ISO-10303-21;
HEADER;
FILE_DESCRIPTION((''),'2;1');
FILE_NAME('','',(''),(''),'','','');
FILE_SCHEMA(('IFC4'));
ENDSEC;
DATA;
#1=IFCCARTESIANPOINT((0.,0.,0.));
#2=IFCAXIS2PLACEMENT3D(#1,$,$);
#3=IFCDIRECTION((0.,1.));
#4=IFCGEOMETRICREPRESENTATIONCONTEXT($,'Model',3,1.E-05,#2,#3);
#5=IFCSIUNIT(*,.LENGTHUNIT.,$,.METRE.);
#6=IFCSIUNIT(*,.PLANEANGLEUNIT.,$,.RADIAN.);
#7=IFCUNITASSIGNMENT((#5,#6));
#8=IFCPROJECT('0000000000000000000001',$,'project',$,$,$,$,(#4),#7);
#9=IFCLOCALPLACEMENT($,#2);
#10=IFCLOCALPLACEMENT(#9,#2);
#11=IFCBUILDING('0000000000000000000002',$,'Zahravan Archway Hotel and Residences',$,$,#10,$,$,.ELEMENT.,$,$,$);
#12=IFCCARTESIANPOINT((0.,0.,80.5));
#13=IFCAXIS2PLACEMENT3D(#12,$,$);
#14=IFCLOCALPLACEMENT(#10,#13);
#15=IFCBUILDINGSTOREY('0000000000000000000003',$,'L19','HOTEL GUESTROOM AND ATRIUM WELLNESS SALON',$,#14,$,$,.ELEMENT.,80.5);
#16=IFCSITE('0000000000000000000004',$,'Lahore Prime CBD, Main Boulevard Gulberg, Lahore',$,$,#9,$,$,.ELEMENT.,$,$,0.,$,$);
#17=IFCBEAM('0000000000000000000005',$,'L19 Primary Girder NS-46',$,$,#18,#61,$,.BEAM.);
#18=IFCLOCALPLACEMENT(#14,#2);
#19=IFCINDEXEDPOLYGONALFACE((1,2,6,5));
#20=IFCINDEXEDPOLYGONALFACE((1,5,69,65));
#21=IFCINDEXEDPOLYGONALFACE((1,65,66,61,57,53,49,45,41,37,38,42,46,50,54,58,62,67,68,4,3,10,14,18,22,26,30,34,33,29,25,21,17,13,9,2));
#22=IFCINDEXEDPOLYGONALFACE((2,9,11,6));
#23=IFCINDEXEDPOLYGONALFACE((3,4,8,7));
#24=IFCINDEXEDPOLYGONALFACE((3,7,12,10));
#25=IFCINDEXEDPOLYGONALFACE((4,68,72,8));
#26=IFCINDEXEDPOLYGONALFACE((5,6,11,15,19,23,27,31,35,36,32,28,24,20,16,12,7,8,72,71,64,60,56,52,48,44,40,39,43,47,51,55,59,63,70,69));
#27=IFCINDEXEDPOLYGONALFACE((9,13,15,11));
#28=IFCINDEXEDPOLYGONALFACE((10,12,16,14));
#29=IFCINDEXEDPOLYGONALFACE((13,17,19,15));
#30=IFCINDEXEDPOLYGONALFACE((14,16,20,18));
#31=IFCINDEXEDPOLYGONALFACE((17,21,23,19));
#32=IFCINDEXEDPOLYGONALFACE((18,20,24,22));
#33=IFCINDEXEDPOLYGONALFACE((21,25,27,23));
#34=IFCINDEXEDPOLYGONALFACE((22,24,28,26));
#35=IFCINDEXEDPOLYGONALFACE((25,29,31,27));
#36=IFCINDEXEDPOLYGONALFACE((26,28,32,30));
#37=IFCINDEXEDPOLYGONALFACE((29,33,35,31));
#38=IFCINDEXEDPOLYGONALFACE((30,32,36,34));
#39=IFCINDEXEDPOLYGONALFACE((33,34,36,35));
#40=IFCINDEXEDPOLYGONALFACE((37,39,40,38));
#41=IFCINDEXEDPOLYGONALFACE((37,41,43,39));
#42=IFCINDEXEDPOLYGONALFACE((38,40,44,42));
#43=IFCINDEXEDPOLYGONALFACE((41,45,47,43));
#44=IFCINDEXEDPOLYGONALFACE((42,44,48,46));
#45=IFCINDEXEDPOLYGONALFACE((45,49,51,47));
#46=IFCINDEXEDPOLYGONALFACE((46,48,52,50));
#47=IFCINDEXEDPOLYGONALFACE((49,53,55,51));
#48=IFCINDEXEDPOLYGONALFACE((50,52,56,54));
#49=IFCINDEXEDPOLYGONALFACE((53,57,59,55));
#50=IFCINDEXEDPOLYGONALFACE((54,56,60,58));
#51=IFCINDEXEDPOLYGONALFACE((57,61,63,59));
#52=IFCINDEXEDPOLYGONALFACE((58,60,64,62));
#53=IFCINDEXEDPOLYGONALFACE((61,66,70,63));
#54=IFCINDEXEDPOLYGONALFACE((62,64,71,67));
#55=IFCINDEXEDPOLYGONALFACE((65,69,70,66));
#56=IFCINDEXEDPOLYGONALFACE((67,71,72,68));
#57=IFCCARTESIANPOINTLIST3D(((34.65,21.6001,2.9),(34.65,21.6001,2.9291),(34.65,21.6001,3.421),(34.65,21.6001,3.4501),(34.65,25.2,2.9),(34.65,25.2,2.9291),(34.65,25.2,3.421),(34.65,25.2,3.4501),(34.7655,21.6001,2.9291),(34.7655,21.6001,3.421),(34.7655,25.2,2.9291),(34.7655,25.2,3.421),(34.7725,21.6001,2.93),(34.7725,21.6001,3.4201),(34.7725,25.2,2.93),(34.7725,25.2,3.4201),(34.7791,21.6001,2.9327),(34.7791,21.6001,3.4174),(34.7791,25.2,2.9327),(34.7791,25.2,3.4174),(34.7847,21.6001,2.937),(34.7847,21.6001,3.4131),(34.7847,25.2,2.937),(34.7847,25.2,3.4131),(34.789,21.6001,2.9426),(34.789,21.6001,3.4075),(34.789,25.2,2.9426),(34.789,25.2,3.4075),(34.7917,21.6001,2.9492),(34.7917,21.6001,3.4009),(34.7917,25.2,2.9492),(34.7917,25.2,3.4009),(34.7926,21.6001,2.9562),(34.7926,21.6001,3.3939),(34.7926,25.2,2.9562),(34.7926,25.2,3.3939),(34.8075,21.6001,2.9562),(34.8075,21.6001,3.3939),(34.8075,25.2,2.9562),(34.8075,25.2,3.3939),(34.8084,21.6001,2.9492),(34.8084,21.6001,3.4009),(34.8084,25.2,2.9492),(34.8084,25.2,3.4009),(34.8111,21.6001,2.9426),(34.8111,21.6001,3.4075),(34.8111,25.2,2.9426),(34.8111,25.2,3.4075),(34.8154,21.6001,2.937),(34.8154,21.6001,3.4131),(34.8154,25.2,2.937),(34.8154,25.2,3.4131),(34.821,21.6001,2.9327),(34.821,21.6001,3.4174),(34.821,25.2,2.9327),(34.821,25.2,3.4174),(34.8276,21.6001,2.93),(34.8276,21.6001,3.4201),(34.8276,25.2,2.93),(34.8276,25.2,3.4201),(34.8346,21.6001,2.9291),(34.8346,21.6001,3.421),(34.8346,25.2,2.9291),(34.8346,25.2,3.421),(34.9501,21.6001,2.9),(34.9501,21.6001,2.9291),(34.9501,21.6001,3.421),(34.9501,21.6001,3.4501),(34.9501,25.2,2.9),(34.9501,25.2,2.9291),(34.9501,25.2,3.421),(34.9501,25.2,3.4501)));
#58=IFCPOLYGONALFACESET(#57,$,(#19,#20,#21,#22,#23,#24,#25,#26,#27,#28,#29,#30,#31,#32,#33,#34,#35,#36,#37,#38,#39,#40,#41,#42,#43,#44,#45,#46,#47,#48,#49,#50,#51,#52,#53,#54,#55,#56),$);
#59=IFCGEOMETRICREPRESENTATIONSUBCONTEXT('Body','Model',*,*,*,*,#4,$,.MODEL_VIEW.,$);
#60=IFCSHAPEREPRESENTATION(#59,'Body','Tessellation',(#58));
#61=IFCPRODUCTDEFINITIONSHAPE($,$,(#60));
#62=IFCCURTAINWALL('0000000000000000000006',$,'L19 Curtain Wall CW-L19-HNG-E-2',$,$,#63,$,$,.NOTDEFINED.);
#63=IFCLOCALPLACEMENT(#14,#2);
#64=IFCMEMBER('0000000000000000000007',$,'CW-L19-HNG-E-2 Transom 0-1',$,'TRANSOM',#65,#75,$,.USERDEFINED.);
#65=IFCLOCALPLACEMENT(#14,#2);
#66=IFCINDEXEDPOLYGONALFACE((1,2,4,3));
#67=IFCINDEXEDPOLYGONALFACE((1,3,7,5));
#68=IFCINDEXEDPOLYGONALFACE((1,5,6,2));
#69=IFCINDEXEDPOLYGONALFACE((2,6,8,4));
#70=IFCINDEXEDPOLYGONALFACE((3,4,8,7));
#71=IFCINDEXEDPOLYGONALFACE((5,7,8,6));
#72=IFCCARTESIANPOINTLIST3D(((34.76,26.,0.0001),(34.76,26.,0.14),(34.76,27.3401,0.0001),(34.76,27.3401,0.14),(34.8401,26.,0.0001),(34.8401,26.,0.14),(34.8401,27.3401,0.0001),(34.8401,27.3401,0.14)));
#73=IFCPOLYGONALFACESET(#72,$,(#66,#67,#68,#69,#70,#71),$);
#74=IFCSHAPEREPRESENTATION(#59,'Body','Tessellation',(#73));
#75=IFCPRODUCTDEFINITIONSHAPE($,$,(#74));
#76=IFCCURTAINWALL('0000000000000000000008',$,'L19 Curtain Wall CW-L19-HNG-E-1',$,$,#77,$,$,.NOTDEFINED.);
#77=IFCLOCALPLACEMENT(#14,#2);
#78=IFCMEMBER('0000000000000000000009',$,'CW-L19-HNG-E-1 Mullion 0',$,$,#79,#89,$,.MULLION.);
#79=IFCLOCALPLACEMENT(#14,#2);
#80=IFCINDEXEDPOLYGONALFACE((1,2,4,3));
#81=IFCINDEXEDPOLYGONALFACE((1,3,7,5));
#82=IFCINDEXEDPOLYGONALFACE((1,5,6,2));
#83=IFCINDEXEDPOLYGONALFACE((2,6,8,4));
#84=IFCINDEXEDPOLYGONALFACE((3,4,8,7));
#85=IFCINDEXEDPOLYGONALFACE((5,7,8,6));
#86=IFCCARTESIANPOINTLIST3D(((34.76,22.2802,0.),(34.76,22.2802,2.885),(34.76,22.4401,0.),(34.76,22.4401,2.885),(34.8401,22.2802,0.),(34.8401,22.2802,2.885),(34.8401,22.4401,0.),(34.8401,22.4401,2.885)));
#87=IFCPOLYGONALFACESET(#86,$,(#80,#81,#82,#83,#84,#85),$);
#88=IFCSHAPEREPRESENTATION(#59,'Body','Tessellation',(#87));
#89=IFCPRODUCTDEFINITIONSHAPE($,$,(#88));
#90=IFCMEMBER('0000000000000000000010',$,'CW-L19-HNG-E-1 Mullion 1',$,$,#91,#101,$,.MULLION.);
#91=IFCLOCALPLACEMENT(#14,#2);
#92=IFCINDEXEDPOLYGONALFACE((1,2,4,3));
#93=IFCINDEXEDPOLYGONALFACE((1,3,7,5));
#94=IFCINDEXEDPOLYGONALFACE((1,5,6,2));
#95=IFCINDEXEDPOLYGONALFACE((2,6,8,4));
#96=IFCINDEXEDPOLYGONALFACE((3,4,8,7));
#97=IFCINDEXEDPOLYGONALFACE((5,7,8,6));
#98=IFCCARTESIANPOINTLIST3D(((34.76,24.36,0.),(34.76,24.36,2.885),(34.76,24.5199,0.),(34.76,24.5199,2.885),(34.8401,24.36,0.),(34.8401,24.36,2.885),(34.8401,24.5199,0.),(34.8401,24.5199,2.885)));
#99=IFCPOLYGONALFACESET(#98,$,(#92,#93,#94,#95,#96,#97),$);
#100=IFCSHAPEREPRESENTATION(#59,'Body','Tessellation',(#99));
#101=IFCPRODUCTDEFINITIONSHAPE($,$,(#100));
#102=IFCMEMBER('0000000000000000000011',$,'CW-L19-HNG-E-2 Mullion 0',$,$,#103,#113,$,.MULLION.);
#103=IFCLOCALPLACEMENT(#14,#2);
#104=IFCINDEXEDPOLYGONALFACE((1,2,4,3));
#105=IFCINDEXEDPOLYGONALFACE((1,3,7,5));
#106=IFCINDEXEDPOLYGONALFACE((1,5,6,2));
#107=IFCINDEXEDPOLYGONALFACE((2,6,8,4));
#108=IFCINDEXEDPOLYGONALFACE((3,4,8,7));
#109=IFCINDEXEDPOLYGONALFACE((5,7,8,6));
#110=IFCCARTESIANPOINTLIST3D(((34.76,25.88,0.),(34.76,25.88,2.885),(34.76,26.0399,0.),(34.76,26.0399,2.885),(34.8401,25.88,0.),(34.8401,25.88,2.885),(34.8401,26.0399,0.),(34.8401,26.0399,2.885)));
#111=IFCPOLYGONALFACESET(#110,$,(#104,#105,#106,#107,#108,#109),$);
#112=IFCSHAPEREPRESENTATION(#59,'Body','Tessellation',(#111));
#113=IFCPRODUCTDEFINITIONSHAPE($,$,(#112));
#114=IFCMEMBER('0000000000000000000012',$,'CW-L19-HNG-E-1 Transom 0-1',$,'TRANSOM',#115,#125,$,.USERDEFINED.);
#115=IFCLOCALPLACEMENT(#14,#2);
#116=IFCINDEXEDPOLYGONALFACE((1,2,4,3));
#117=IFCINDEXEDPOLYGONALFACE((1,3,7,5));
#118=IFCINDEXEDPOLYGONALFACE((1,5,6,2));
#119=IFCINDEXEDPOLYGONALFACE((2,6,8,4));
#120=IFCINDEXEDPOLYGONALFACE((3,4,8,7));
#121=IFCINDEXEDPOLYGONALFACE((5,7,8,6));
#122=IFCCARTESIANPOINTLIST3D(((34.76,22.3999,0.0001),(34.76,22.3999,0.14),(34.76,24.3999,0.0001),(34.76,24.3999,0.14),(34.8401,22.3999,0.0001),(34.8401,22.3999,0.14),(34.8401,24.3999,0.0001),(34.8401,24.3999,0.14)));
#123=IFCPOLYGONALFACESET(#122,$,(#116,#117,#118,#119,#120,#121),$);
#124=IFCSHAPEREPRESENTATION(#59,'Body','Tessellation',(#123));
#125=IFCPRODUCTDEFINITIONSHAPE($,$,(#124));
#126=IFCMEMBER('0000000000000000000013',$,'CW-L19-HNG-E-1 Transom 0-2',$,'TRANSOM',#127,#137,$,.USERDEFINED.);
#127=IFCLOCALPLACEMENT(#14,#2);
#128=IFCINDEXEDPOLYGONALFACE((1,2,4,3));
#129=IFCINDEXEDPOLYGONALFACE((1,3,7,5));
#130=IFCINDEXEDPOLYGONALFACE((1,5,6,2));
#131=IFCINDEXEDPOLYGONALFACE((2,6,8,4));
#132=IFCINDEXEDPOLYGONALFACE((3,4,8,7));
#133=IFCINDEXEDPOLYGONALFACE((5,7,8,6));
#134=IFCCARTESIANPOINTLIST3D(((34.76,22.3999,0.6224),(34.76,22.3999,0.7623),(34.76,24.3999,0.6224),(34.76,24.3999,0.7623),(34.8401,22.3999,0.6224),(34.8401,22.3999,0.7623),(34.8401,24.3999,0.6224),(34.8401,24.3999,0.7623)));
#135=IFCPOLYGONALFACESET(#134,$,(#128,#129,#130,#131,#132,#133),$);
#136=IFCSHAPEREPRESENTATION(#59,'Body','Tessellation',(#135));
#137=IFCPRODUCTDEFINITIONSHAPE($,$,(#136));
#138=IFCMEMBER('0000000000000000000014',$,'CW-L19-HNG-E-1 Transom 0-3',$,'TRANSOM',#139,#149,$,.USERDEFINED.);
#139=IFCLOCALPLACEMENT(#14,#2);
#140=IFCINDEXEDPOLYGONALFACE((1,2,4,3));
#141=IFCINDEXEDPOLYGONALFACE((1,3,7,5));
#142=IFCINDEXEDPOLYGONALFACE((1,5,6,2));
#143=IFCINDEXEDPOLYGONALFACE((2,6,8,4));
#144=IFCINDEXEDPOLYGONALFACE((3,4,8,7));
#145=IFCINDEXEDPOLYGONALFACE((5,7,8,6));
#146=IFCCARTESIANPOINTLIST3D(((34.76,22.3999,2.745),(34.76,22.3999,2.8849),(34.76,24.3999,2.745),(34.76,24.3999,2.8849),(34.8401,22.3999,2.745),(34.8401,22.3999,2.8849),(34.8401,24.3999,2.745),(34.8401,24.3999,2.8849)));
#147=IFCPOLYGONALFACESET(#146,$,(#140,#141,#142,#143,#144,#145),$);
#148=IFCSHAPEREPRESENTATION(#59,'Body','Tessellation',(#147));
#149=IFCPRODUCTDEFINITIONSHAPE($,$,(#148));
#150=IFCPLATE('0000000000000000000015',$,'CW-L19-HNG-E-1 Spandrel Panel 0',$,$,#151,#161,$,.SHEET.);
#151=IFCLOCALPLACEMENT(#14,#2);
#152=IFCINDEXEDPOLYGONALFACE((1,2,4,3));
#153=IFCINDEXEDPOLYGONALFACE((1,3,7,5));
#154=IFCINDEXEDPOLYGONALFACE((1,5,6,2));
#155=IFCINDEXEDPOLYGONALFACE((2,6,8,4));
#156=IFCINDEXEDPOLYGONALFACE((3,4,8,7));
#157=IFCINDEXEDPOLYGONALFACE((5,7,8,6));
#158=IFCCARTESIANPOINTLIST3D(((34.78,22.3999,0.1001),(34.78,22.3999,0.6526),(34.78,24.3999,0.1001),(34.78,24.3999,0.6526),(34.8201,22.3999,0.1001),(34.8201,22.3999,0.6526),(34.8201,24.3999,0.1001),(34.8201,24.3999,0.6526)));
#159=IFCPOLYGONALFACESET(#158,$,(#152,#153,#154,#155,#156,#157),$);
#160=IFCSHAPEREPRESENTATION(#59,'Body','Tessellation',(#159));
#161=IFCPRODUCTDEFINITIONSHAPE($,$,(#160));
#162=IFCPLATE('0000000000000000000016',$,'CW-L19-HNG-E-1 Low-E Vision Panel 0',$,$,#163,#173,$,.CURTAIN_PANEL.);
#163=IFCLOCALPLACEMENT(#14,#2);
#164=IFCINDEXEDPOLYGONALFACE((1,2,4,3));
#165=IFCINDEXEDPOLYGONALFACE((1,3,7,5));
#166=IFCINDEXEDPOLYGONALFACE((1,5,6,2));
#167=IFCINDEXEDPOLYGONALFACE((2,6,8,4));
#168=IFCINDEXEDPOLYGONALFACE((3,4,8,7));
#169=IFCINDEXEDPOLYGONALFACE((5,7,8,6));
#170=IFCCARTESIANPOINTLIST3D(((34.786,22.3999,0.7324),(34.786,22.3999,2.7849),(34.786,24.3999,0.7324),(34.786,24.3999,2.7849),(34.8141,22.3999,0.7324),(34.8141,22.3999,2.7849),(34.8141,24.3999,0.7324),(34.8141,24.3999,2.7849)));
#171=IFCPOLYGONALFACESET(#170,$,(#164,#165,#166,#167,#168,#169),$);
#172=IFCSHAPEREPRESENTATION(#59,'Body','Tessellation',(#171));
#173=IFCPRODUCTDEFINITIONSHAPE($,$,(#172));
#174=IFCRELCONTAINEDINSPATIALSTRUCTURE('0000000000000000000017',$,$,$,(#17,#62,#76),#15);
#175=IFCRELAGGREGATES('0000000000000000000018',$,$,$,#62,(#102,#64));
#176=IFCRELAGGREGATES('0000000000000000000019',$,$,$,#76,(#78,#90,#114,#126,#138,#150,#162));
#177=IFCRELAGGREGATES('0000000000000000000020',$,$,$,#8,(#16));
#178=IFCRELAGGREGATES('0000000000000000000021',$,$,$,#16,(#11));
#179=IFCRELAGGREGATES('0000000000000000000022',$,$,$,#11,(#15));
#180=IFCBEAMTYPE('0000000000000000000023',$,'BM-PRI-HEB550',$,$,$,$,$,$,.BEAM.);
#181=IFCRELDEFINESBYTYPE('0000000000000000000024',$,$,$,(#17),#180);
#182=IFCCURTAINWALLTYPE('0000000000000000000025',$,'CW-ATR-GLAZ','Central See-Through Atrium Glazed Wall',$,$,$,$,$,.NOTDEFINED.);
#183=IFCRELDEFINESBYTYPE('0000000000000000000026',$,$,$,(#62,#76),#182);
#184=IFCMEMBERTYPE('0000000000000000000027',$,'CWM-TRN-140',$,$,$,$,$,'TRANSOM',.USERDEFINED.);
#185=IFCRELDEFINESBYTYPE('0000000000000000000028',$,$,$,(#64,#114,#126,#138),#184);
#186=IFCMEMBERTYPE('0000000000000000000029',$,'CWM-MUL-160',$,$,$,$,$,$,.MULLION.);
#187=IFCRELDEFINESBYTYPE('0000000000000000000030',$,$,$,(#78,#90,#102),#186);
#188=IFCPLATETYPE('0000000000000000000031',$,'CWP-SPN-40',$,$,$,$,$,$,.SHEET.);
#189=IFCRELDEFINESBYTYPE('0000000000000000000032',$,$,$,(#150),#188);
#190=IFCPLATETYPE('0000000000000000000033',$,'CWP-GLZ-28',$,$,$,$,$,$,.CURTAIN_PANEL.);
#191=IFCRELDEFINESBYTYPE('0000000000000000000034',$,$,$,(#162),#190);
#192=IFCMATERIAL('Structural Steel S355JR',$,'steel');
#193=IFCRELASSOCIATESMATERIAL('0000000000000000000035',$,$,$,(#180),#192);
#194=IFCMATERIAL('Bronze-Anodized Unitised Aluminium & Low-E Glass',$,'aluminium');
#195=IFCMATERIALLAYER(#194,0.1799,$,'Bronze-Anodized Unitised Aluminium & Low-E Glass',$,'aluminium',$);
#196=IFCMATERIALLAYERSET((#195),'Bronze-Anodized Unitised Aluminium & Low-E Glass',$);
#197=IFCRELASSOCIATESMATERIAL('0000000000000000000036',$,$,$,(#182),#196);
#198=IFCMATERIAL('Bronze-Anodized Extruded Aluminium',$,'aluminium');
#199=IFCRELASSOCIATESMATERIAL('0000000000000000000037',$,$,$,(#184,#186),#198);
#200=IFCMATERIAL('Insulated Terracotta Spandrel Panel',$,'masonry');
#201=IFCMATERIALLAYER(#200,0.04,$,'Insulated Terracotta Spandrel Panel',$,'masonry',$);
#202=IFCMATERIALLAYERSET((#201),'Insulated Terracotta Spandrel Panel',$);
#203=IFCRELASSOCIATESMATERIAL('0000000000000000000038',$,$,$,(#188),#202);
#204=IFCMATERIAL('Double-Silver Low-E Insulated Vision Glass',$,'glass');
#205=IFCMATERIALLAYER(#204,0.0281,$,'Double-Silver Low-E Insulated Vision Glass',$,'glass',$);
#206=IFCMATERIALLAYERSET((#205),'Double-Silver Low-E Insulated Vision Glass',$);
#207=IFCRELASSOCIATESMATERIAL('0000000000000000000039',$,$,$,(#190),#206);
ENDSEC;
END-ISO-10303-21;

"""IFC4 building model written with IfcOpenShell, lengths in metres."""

from ifc_helpers import new_model, si_unit, direction, frame, origin, origin_2d, place, context, subcontext, project, spatial, rectangle, i_section, extrude, source, transform, mapped, material, layer, layer_set, material_profile, profile_set, type_object, element, aggregate, save


model = new_model("IFC4")

# Units and contexts
model_context = context("Model", 3, precision=1e-05, world=origin(), true_north=direction((0.0, 1.0)))
body_context = subcontext(model_context, "Body", "Model", "MODEL_VIEW")
ifc_project = project(units=[si_unit("LENGTHUNIT", "METRE"), si_unit("PLANEANGLEUNIT", "RADIAN")], contexts=[model_context])

# Site, building, storey
site_placement = place(None, origin())
site = spatial("IfcSite", under=ifc_project, at=site_placement, Name="Lahore Prime CBD, Main Boulevard Gulberg, Lahore", CompositionType="ELEMENT", RefElevation=0.0)
building_placement = place(site_placement, origin())
building = spatial("IfcBuilding", under=site, at=building_placement, Name="Zahravan Archway Hotel and Residences", CompositionType="ELEMENT")
storey_placement = place(building_placement, frame((0.0, 0.0, 80.5)))
storey = spatial("IfcBuildingStorey", under=building, at=storey_placement, Name="L19", Description="HOTEL GUESTROOM AND ATRIUM WELLNESS SALON", CompositionType="ELEMENT", Elevation=80.5)

# Beam
ifc_material_1 = material(Name="Structural Steel S355JR", Category="steel")
ifc_material_profile_1 = material_profile(ifc_material_1, i_section(OverallWidth=0.3, OverallDepth=0.55, WebThickness=0.0149, FlangeThickness=0.0291, FilletRadius=0.0271, at=origin_2d()), Name="HEB 550", Category="steel")
ifc_profile_set_1 = profile_set([ifc_material_profile_1], Name="Structural Steel S355JR")
beam_type = type_object("IfcBeamType", Name="BM-PRI-HEB550", PredefinedType="BEAM", material=ifc_profile_set_1)
shared_shape_1 = source(origin(), body_context, "Body", "SweptSolid", [
    extrude(i_section(OverallWidth=0.3, OverallDepth=0.55, WebThickness=0.0149, FlangeThickness=0.0291, FilletRadius=0.0271, at=origin_2d()), origin(), (0.0, 0.0, 1.0), 3.5999),
])
beam_1_placement = place(storey_placement, frame((34.8, 21.6001, 3.175), z_axis=(0.0, 1.0, 0.0), x_axis=(-1.0, 0.0, 0.0)))
element("IfcBeam", 1, at=beam_1_placement, inside=storey, type_object=beam_type, Name="L19 Primary Girder NS-46", PredefinedType="BEAM", context=body_context, shape_type="MappedRepresentation", body=[
    mapped(shared_shape_1, transform((0.0, 0.0, 0.0), scale=1.0)),
])

# Curtain wall, member
ifc_material_2 = material(Name="Bronze-Anodized Unitised Aluminium & Low-E Glass", Category="aluminium")
ifc_layer_1 = layer(ifc_material_2, 0.1799, Name="Bronze-Anodized Unitised Aluminium & Low-E Glass", Category="aluminium")
ifc_layer_set_1 = layer_set([ifc_layer_1], Name="Bronze-Anodized Unitised Aluminium & Low-E Glass")
curtain_wall_type = type_object("IfcCurtainWallType", Name="CW-ATR-GLAZ", Description="Central See-Through Atrium Glazed Wall", PredefinedType="NOTDEFINED", material=ifc_layer_set_1)
curtain_wall_1_placement = place(storey_placement, origin())
curtain_wall_1 = element("IfcCurtainWall", 2, at=curtain_wall_1_placement, inside=storey, type_object=curtain_wall_type, Name="L19 Curtain Wall CW-L19-HNG-E-2", PredefinedType="NOTDEFINED")
ifc_material_3 = material(Name="Bronze-Anodized Extruded Aluminium", Category="aluminium")
ifc_material_profile_2 = material_profile(ifc_material_3, rectangle(XDim=0.0801, YDim=0.1399, at=origin_2d()), Name="TRN 80x140", Category="aluminium")
ifc_profile_set_2 = profile_set([ifc_material_profile_2], Name="Bronze-Anodized Extruded Aluminium")
member_type_1 = type_object("IfcMemberType", Name="CWM-TRN-140", ElementType="TRANSOM", PredefinedType="USERDEFINED", material=ifc_profile_set_2)
shared_shape_2 = source(origin(), body_context, "Body", "SweptSolid", [
    extrude(rectangle(XDim=0.0801, YDim=0.1399, at=origin_2d()), origin(), (0.0, 0.0, 1.0), 1.3401),
])
member_1_placement = place(storey_placement, frame((34.8, 26.0, 0.0701), z_axis=(0.0, 1.0, 0.0), x_axis=(-1.0, 0.0, 0.0)))
member_1 = element("IfcMember", 3, at=member_1_placement, type_object=member_type_1, Name="CW-L19-HNG-E-2 Transom 0-1", ObjectType="TRANSOM", PredefinedType="USERDEFINED", context=body_context, shape_type="MappedRepresentation", body=[
    mapped(shared_shape_2, transform((0.0, 0.0, 0.0), scale=1.0)),
])

# Curtain wall, members
curtain_wall_2_placement = place(storey_placement, origin())
curtain_wall_2 = element("IfcCurtainWall", 4, at=curtain_wall_2_placement, inside=storey, type_object=curtain_wall_type, Name="L19 Curtain Wall CW-L19-HNG-E-1", PredefinedType="NOTDEFINED")
ifc_material_profile_3 = material_profile(ifc_material_3, rectangle(XDim=0.0801, YDim=0.1599, at=origin_2d()), Name="MUL 80x160", Category="aluminium")
ifc_profile_set_3 = profile_set([ifc_material_profile_3], Name="Bronze-Anodized Extruded Aluminium")
member_type_2 = type_object("IfcMemberType", Name="CWM-MUL-160", PredefinedType="MULLION", material=ifc_profile_set_3)
shared_shape_3 = source(origin(), body_context, "Body", "SweptSolid", [
    extrude(rectangle(XDim=0.0801, YDim=0.1599, at=origin_2d()), origin(), (0.0, 0.0, 1.0), 2.885),
])
member_2_placement = place(storey_placement, frame((34.8, 22.3601, 0.0), z_axis=(0.0, 0.0, 1.0), x_axis=(1.0, 0.0, 0.0)))
member_2 = element("IfcMember", 5, at=member_2_placement, type_object=member_type_2, Name="CW-L19-HNG-E-1 Mullion 0", PredefinedType="MULLION", context=body_context, shape_type="MappedRepresentation", body=[
    mapped(shared_shape_3, transform((0.0, 0.0, 0.0), scale=1.0)),
])
member_3_placement = place(storey_placement, frame((34.8, 24.4399, 0.0), z_axis=(0.0, 0.0, 1.0), x_axis=(1.0, 0.0, 0.0)))
member_3 = element("IfcMember", 6, at=member_3_placement, type_object=member_type_2, Name="CW-L19-HNG-E-1 Mullion 1", PredefinedType="MULLION", context=body_context, shape_type="MappedRepresentation", body=[
    mapped(shared_shape_3, transform((0.0, 0.0, 0.0), scale=1.0)),
])

# Members
member_4_placement = place(storey_placement, frame((34.8, 25.96, 0.0), z_axis=(0.0, 0.0, 1.0), x_axis=(1.0, 0.0, 0.0)))
member_4 = element("IfcMember", 7, at=member_4_placement, type_object=member_type_2, Name="CW-L19-HNG-E-2 Mullion 0", PredefinedType="MULLION", context=body_context, shape_type="MappedRepresentation", body=[
    mapped(shared_shape_3, transform((0.0, 0.0, 0.0), scale=1.0)),
])
aggregate(curtain_wall_1, [member_4, member_1])
shared_shape_4 = source(origin(), body_context, "Body", "SweptSolid", [
    extrude(rectangle(XDim=0.0801, YDim=0.1399, at=origin_2d()), origin(), (0.0, 0.0, 1.0), 2.0),
])
member_5_placement = place(storey_placement, frame((34.8, 22.3999, 0.0701), z_axis=(0.0, 1.0, 0.0), x_axis=(-1.0, 0.0, 0.0)))
member_5 = element("IfcMember", 8, at=member_5_placement, type_object=member_type_1, Name="CW-L19-HNG-E-1 Transom 0-1", ObjectType="TRANSOM", PredefinedType="USERDEFINED", context=body_context, shape_type="MappedRepresentation", body=[
    mapped(shared_shape_4, transform((0.0, 0.0, 0.0), scale=1.0)),
])
member_6_placement = place(storey_placement, frame((34.8, 22.3999, 0.6924), z_axis=(0.0, 1.0, 0.0), x_axis=(-1.0, 0.0, 0.0)))
member_6 = element("IfcMember", 9, at=member_6_placement, type_object=member_type_1, Name="CW-L19-HNG-E-1 Transom 0-2", ObjectType="TRANSOM", PredefinedType="USERDEFINED", context=body_context, shape_type="MappedRepresentation", body=[
    mapped(shared_shape_4, transform((0.0, 0.0, 0.0), scale=1.0)),
])
member_7_placement = place(storey_placement, frame((34.8, 22.3999, 2.8149), z_axis=(0.0, 1.0, 0.0), x_axis=(-1.0, 0.0, 0.0)))
member_7 = element("IfcMember", 10, at=member_7_placement, type_object=member_type_1, Name="CW-L19-HNG-E-1 Transom 0-3", ObjectType="TRANSOM", PredefinedType="USERDEFINED", context=body_context, shape_type="MappedRepresentation", body=[
    mapped(shared_shape_4, transform((0.0, 0.0, 0.0), scale=1.0)),
])

# Plates
ifc_material_4 = material(Name="Insulated Terracotta Spandrel Panel", Category="masonry")
ifc_layer_2 = layer(ifc_material_4, 0.04, Name="Insulated Terracotta Spandrel Panel", Category="masonry")
ifc_layer_set_2 = layer_set([ifc_layer_2], Name="Insulated Terracotta Spandrel Panel")
plate_type_1 = type_object("IfcPlateType", Name="CWP-SPN-40", PredefinedType="SHEET", material=ifc_layer_set_2)
shared_shape_5 = source(origin(), body_context, "Body", "SweptSolid", [
    extrude(rectangle(XDim=2.0, YDim=0.04, at=origin_2d()), origin(), (0.0, 0.0, 1.0), 0.5525),
])
plate_1_placement = place(storey_placement, frame((34.8, 23.3999, 0.1001), z_axis=(0.0, 0.0, 1.0), x_axis=(0.0, 1.0, 0.0)))
plate_1 = element("IfcPlate", 11, at=plate_1_placement, type_object=plate_type_1, Name="CW-L19-HNG-E-1 Spandrel Panel 0", PredefinedType="SHEET", context=body_context, shape_type="MappedRepresentation", body=[
    mapped(shared_shape_5, transform((0.0, 0.0, 0.0), scale=1.0)),
])
ifc_material_5 = material(Name="Double-Silver Low-E Insulated Vision Glass", Category="glass")
ifc_layer_3 = layer(ifc_material_5, 0.0281, Name="Double-Silver Low-E Insulated Vision Glass", Category="glass")
ifc_layer_set_3 = layer_set([ifc_layer_3], Name="Double-Silver Low-E Insulated Vision Glass")
plate_type_2 = type_object("IfcPlateType", Name="CWP-GLZ-28", PredefinedType="CURTAIN_PANEL", material=ifc_layer_set_3)
shared_shape_6 = source(origin(), body_context, "Body", "SweptSolid", [
    extrude(rectangle(XDim=2.0, YDim=0.0281, at=origin_2d()), origin(), (0.0, 0.0, 1.0), 2.0525),
])
plate_2_placement = place(storey_placement, frame((34.8, 23.3999, 0.7324), z_axis=(0.0, 0.0, 1.0), x_axis=(0.0, 1.0, 0.0)))
plate_2 = element("IfcPlate", 12, at=plate_2_placement, type_object=plate_type_2, Name="CW-L19-HNG-E-1 Low-E Vision Panel 0", PredefinedType="CURTAIN_PANEL", context=body_context, shape_type="MappedRepresentation", body=[
    mapped(shared_shape_6, transform((0.0, 0.0, 0.0), scale=1.0)),
])
aggregate(curtain_wall_2, [member_2, member_3, member_5, member_6, member_7, plate_1, plate_2])

save(model, "model.ifc")
